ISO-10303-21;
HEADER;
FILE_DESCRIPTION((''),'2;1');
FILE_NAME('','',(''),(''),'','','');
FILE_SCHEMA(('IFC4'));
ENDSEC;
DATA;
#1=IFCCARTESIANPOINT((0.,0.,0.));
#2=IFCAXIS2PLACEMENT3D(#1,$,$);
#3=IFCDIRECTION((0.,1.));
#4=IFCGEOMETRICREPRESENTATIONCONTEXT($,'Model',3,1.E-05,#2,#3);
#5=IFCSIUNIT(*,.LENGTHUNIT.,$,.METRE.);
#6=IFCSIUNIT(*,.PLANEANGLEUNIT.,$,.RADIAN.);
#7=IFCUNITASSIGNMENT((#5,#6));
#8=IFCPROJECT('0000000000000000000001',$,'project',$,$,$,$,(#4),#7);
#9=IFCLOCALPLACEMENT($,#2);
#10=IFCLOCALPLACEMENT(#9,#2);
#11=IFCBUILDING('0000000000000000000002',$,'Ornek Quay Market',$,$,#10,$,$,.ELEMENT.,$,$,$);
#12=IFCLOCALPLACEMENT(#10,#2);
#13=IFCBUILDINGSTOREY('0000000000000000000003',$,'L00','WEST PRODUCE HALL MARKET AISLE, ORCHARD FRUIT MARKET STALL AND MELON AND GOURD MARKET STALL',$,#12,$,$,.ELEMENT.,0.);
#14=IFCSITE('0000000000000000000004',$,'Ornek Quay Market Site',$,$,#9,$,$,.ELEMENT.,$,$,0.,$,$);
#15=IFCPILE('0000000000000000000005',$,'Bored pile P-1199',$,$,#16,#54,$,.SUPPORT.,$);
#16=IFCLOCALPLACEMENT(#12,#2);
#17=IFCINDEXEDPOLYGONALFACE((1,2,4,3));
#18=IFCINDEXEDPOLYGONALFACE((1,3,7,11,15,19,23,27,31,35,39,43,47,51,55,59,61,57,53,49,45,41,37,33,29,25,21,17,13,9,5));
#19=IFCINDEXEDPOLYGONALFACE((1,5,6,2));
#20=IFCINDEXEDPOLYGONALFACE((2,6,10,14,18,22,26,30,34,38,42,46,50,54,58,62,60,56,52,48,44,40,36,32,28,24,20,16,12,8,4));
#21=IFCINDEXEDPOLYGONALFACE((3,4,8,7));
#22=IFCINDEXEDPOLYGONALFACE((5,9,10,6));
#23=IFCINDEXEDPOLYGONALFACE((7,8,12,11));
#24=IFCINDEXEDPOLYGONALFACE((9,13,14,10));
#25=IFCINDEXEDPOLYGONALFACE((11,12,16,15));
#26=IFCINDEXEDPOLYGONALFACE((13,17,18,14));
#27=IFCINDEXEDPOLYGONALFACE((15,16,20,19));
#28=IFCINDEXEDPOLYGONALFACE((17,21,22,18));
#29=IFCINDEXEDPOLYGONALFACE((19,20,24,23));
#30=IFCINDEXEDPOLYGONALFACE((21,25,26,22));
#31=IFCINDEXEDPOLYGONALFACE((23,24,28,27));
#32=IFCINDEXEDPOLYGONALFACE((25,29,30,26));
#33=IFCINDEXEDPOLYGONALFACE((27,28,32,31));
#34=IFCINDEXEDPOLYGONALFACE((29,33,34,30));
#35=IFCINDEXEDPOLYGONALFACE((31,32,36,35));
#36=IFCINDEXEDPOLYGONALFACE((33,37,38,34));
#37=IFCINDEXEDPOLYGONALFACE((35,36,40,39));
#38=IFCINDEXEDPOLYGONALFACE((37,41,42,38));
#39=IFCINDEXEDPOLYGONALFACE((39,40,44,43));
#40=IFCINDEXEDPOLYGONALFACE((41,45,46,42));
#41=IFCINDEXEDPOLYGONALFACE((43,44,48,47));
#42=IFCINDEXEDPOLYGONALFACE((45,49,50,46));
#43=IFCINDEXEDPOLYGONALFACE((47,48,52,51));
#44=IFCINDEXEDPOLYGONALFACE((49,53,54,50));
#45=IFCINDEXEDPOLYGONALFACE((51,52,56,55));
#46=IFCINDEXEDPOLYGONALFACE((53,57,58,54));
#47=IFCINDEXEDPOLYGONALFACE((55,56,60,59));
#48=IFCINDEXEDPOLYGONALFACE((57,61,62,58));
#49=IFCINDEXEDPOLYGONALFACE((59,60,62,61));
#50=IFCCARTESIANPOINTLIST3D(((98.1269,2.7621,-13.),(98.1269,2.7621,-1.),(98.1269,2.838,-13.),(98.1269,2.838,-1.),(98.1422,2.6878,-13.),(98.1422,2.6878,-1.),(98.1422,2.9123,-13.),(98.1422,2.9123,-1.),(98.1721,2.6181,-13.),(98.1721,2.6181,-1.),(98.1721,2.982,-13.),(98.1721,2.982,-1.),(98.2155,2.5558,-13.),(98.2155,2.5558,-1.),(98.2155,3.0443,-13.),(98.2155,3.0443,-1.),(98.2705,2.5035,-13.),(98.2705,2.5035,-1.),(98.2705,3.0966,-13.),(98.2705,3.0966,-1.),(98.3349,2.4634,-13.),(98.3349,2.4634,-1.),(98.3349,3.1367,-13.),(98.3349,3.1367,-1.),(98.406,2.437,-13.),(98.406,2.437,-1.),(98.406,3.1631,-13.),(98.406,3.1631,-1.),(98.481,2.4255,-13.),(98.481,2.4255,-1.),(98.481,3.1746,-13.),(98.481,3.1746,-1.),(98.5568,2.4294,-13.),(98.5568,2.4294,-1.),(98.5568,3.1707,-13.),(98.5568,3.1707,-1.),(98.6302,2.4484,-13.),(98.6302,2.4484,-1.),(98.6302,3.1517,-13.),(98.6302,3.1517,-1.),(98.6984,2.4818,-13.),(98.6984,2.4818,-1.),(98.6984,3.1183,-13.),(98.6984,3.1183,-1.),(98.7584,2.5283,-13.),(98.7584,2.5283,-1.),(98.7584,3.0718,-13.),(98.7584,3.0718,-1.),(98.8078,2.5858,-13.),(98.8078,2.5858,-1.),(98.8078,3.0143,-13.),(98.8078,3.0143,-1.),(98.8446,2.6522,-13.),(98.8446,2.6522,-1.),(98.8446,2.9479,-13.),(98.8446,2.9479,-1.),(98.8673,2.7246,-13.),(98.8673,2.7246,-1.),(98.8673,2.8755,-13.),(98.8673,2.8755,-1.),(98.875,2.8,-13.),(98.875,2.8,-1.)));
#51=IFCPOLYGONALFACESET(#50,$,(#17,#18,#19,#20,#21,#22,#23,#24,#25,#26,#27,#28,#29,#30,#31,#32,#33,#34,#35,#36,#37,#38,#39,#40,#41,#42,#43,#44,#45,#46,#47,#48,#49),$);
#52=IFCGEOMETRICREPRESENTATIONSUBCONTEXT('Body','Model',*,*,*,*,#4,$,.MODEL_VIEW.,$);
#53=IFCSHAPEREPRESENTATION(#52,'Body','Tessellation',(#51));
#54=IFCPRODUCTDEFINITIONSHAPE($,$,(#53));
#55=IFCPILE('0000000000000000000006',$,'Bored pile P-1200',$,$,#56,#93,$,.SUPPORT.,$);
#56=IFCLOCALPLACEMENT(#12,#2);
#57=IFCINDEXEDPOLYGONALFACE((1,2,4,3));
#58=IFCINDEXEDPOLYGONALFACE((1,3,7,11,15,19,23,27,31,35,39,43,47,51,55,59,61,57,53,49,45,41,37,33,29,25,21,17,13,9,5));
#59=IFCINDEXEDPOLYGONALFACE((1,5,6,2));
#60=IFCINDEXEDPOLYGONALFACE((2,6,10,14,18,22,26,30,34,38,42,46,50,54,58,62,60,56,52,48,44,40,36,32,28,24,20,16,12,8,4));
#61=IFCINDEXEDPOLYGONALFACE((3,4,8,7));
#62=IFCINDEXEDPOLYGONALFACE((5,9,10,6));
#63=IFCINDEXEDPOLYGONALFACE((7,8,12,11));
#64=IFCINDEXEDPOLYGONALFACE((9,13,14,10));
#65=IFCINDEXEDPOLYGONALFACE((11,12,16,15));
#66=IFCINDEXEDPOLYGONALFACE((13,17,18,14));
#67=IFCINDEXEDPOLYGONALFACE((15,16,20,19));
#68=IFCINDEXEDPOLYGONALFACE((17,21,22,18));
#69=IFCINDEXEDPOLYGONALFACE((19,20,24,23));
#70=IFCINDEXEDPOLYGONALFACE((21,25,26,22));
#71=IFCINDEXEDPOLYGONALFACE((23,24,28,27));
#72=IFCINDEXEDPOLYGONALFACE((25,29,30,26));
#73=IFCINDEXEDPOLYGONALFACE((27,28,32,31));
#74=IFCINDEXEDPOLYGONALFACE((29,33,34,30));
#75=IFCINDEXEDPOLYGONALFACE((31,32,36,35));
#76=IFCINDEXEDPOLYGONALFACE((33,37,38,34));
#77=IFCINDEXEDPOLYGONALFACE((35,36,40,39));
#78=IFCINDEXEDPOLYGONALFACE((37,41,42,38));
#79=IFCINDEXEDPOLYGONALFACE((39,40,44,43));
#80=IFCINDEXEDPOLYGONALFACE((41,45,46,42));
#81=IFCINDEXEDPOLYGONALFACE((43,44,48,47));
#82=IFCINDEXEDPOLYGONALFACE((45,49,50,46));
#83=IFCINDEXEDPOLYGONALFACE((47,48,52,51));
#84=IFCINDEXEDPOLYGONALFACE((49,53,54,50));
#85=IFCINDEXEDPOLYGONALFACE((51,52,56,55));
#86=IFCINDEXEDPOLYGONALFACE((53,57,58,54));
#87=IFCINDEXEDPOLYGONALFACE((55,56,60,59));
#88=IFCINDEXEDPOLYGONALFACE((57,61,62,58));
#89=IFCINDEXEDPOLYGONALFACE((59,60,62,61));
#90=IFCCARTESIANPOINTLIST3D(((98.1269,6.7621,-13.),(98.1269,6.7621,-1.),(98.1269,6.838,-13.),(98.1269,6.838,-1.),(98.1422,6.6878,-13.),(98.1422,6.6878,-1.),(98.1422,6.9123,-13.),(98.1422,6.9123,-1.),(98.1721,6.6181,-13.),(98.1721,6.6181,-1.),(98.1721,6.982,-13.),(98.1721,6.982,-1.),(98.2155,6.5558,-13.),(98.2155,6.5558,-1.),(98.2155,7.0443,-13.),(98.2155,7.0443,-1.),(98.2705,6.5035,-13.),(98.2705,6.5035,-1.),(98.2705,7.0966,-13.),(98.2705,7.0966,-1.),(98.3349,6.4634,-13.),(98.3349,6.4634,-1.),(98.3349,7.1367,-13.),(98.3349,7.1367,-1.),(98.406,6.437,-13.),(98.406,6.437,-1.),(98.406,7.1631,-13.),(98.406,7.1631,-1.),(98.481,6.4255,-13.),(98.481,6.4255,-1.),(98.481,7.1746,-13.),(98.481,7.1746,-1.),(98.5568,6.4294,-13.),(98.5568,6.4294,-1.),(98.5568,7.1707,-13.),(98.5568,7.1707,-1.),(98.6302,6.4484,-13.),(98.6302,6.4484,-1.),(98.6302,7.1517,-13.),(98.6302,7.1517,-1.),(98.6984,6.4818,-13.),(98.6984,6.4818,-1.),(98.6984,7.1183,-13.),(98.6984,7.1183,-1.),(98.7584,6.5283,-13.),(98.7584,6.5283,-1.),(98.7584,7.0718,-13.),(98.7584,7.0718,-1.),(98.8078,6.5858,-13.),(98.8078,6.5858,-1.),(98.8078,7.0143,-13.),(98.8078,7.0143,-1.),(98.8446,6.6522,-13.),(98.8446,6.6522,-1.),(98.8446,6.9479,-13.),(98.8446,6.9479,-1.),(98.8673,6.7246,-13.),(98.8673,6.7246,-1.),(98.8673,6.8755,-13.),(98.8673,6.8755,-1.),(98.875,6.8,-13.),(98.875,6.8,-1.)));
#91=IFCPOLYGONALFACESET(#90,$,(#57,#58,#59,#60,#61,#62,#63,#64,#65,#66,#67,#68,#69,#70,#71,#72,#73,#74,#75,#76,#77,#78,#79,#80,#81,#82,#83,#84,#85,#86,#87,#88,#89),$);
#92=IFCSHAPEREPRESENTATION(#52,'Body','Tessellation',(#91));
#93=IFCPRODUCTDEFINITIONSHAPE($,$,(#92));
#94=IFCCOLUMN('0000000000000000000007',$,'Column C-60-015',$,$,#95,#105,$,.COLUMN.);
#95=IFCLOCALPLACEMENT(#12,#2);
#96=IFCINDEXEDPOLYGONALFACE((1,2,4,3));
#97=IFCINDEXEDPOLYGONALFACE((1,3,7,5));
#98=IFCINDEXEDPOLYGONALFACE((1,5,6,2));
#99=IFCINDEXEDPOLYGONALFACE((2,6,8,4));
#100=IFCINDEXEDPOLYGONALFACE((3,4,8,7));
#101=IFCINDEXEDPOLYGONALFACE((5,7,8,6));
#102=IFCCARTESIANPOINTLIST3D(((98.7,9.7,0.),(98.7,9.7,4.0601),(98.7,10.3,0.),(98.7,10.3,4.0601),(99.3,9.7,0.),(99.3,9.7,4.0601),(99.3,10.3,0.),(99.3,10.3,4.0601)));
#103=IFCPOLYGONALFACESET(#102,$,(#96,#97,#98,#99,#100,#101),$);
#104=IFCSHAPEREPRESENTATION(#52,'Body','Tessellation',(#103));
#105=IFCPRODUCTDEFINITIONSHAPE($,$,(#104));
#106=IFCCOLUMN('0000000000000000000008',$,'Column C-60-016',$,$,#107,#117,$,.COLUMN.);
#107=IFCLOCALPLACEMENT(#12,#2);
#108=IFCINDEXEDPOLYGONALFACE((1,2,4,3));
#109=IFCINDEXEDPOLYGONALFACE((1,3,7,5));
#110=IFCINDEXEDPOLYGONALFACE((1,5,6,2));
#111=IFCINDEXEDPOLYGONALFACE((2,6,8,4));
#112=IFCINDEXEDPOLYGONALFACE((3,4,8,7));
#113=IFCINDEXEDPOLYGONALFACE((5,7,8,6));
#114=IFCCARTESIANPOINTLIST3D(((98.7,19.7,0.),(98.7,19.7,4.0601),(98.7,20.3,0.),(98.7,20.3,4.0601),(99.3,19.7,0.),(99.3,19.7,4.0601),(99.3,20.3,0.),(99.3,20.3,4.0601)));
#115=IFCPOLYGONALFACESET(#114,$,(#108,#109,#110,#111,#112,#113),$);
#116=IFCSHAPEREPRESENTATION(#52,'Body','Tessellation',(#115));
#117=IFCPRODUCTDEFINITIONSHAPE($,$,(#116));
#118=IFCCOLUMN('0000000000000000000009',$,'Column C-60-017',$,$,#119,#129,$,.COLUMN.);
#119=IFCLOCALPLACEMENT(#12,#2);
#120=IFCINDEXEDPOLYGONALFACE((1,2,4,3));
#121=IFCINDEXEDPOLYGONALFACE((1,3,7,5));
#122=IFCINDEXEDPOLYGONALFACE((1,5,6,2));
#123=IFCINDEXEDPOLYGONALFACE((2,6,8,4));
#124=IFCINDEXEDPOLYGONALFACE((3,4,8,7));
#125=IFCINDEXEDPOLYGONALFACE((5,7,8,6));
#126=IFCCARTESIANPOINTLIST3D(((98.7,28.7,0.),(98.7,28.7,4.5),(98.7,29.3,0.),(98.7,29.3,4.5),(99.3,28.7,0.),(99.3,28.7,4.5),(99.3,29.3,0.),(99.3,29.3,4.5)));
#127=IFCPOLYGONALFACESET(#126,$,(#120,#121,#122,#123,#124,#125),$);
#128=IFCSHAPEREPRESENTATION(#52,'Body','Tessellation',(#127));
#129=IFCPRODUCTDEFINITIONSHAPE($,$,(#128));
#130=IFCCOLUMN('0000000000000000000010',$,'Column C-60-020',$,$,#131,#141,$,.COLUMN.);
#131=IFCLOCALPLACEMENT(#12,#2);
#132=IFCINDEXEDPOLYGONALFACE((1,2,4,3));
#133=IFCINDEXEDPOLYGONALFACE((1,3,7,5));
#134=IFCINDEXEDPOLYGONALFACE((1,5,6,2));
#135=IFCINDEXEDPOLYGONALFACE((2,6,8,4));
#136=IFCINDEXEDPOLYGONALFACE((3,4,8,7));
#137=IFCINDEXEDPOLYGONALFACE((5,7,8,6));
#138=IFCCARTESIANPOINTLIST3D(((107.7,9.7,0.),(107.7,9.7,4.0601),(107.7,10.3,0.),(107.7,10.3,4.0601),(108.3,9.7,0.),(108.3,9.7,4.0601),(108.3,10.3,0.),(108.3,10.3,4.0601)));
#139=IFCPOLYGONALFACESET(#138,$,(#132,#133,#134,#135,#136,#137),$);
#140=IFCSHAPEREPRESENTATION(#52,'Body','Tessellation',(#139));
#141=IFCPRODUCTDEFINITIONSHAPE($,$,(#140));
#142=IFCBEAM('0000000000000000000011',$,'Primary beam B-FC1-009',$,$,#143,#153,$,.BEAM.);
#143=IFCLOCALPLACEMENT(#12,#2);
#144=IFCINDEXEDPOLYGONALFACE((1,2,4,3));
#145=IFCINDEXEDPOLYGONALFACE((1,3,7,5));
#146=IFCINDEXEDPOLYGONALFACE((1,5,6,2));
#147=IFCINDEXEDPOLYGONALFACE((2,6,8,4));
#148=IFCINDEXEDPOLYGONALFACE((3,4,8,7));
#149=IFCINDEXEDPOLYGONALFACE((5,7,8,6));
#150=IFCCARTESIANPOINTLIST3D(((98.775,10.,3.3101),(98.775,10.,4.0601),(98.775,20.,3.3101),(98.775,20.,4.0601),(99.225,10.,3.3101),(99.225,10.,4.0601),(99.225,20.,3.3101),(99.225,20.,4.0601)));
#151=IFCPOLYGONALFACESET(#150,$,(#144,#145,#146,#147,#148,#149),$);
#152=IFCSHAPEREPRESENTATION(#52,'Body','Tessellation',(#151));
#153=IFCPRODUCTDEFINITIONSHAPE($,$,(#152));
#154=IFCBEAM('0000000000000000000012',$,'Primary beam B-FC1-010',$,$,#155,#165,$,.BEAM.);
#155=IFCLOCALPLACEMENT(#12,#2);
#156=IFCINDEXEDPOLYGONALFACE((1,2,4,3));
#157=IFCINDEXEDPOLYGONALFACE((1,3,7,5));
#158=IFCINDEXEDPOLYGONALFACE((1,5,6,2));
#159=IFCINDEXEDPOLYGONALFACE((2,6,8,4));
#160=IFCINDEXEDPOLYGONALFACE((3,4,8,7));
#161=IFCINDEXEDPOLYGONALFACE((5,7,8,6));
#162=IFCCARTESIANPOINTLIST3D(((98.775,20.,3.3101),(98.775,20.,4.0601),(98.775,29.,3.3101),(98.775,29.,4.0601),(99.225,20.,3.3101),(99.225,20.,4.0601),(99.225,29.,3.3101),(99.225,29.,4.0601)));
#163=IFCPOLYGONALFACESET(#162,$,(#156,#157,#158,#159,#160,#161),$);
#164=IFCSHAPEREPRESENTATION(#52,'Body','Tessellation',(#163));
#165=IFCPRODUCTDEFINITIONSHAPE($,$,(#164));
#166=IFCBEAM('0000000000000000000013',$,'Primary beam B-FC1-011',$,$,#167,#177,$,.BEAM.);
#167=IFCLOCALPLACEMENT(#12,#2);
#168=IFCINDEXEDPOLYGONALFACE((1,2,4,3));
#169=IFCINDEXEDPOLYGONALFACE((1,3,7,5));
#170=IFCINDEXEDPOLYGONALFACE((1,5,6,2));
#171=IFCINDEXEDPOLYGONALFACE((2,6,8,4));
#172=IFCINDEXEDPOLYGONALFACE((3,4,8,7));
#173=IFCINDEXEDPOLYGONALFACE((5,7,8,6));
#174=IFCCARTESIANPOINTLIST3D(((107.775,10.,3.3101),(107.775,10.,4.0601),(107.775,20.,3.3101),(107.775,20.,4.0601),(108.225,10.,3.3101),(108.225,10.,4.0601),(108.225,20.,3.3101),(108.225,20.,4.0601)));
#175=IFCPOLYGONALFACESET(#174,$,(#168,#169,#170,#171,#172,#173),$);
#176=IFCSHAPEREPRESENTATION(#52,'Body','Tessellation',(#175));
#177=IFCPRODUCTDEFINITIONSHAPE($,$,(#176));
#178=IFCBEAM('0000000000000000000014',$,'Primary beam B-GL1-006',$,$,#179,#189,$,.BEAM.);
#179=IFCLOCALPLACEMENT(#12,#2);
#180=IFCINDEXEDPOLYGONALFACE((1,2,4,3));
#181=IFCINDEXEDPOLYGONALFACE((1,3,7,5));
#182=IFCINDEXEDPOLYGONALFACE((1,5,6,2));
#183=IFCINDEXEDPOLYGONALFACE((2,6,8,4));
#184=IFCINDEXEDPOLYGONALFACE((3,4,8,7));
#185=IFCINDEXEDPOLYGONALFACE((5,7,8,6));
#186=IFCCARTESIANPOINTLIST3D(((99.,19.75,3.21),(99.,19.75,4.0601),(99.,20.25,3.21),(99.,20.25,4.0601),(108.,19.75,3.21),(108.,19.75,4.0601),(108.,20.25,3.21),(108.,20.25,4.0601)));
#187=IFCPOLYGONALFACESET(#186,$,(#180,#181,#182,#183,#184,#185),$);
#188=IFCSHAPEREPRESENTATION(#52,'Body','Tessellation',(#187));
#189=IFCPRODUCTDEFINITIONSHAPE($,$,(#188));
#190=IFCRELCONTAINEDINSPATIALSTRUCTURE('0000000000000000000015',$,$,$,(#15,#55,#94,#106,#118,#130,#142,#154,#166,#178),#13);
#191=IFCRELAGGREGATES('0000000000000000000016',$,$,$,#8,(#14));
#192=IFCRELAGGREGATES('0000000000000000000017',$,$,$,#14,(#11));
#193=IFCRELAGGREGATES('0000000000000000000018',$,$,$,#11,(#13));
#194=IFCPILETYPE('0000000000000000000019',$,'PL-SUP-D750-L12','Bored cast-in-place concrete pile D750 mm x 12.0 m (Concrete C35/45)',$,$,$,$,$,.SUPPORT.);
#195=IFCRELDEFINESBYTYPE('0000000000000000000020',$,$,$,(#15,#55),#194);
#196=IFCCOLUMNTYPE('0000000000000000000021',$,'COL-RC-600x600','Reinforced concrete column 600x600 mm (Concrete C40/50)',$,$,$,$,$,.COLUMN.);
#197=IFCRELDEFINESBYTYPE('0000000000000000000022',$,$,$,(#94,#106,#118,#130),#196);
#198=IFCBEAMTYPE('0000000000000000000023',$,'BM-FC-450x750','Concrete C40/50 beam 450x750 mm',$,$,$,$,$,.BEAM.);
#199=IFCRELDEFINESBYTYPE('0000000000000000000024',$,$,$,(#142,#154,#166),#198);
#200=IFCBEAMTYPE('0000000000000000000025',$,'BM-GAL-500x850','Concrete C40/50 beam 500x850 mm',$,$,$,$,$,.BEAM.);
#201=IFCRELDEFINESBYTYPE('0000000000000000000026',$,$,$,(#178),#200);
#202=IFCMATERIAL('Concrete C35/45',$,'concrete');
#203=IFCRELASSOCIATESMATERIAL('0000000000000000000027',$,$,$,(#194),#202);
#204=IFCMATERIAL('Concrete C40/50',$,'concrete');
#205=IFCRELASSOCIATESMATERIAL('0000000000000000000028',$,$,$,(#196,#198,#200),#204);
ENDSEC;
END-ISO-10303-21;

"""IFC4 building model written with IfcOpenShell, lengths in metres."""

from ifc_helpers import new_model, si_unit, direction, frame, origin, origin_2d, place, context, subcontext, project, spatial, rectangle, circle, extrude, material, material_profile, profile_set, type_object, element, save


model = new_model("IFC4")

# Units and contexts
model_context = context("Model", 3, precision=1e-05, world=origin(), true_north=direction((0.0, 1.0)))
body_context = subcontext(model_context, "Body", "Model", "MODEL_VIEW")
ifc_project = project(units=[si_unit("LENGTHUNIT", "METRE"), si_unit("PLANEANGLEUNIT", "RADIAN")], contexts=[model_context])

# Site, building, storey
site_placement = place(None, origin())
site = spatial("IfcSite", under=ifc_project, at=site_placement, Name="Ornek Quay Market Site", CompositionType="ELEMENT", RefElevation=0.0)
building_placement = place(site_placement, origin())
building = spatial("IfcBuilding", under=site, at=building_placement, Name="Ornek Quay Market", CompositionType="ELEMENT")
storey_placement = place(building_placement, origin())
storey = spatial("IfcBuildingStorey", under=building, at=storey_placement, Name="L00", Description="WEST PRODUCE HALL MARKET AISLE, ORCHARD FRUIT MARKET STALL AND MELON AND GOURD MARKET STALL", CompositionType="ELEMENT", Elevation=0.0)

# Piles
ifc_material_1 = material(Name="Concrete C35/45", Category="concrete")
ifc_material_profile_1 = material_profile(ifc_material_1, circle(Radius=0.375, at=origin_2d()), Name="PILE D750", Category="concrete")
ifc_profile_set_1 = profile_set([ifc_material_profile_1], Name="Concrete C35/45")
pile_type = type_object("IfcPileType", Name="PL-SUP-D750-L12", Description="Bored cast-in-place concrete pile D750 mm x 12.0 m (Concrete C35/45)", PredefinedType="SUPPORT", material=ifc_profile_set_1)
for number, where, z_axis, x_axis, name in (
    (1, (98.5, 2.8, -1.0), (0.0, 0.0, -1.0), (1.0, 0.0, 0.0), "Bored pile P-1199"),
    (2, (98.5, 6.8, -1.0), (0.0, 0.0, -1.0), (1.0, 0.0, 0.0), "Bored pile P-1200"),
):
    element("IfcPile", number, at=place(storey_placement, frame(where, z_axis=z_axis, x_axis=x_axis)), inside=storey, type_object=pile_type, Name=name, PredefinedType="SUPPORT", context=body_context, shape_type="SweptSolid", body=[
        extrude(circle(Radius=0.375, at=origin_2d()), origin(), (0.0, 0.0, 1.0), 12.0),
    ])

# Columns
ifc_material_2 = material(Name="Concrete C40/50", Category="concrete")
ifc_material_profile_2 = material_profile(ifc_material_2, rectangle(XDim=0.6001, YDim=0.6001, at=origin_2d()), Name="RC 600x600", Category="concrete")
ifc_profile_set_2 = profile_set([ifc_material_profile_2], Name="Concrete C40/50")
column_type = type_object("IfcColumnType", Name="COL-RC-600x600", Description="Reinforced concrete column 600x600 mm (Concrete C40/50)", PredefinedType="COLUMN", material=ifc_profile_set_2)
for number, where, z_axis, x_axis, name in (
    (3, (99.0, 10.0, 0.0), (0.0, 0.0, 1.0), (1.0, 0.0, 0.0), "Column C-60-015"),
    (4, (99.0, 20.0, 0.0), (0.0, 0.0, 1.0), (1.0, 0.0, 0.0), "Column C-60-016"),
):
    element("IfcColumn", number, at=place(storey_placement, frame(where, z_axis=z_axis, x_axis=x_axis)), inside=storey, type_object=column_type, Name=name, PredefinedType="COLUMN", context=body_context, shape_type="SweptSolid", body=[
        extrude(rectangle(XDim=0.6001, YDim=0.6001, at=origin_2d()), origin(), (0.0, 0.0, 1.0), 4.0601),
    ])
column_1_placement = place(storey_placement, frame((99.0, 29.0, 0.0), z_axis=(0.0, 0.0, 1.0), x_axis=(1.0, 0.0, 0.0)))
element("IfcColumn", 5, at=column_1_placement, inside=storey, type_object=column_type, Name="Column C-60-017", PredefinedType="COLUMN", context=body_context, shape_type="SweptSolid", body=[
    extrude(rectangle(XDim=0.6001, YDim=0.6001, at=origin_2d()), origin(), (0.0, 0.0, 1.0), 4.5),
])
column_2_placement = place(storey_placement, frame((108.0, 10.0, 0.0), z_axis=(0.0, 0.0, 1.0), x_axis=(1.0, 0.0, 0.0)))
element("IfcColumn", 6, at=column_2_placement, inside=storey, type_object=column_type, Name="Column C-60-020", PredefinedType="COLUMN", context=body_context, shape_type="SweptSolid", body=[
    extrude(rectangle(XDim=0.6001, YDim=0.6001, at=origin_2d()), origin(), (0.0, 0.0, 1.0), 4.0601),
])

# Beams
ifc_material_profile_3 = material_profile(ifc_material_2, rectangle(XDim=0.45, YDim=0.75, at=origin_2d()), Name="RC 450x750", Category="concrete")
ifc_profile_set_3 = profile_set([ifc_material_profile_3], Name="Concrete C40/50")
beam_type_1 = type_object("IfcBeamType", Name="BM-FC-450x750", Description="Concrete C40/50 beam 450x750 mm", PredefinedType="BEAM", material=ifc_profile_set_3)
beam_1_placement = place(storey_placement, frame((99.0, 10.0, 3.6851), z_axis=(0.0, 1.0, 0.0), x_axis=(-1.0, 0.0, 0.0)))
element("IfcBeam", 7, at=beam_1_placement, inside=storey, type_object=beam_type_1, Name="Primary beam B-FC1-009", PredefinedType="BEAM", context=body_context, shape_type="SweptSolid", body=[
    extrude(rectangle(XDim=0.45, YDim=0.75, at=origin_2d()), origin(), (0.0, 0.0, 1.0), 10.0),
])
beam_2_placement = place(storey_placement, frame((99.0, 20.0, 3.6851), z_axis=(0.0, 1.0, 0.0), x_axis=(-1.0, 0.0, 0.0)))
element("IfcBeam", 8, at=beam_2_placement, inside=storey, type_object=beam_type_1, Name="Primary beam B-FC1-010", PredefinedType="BEAM", context=body_context, shape_type="SweptSolid", body=[
    extrude(rectangle(XDim=0.45, YDim=0.75, at=origin_2d()), origin(), (0.0, 0.0, 1.0), 9.0),
])
beam_3_placement = place(storey_placement, frame((108.0, 10.0, 3.6851), z_axis=(0.0, 1.0, 0.0), x_axis=(-1.0, 0.0, 0.0)))
element("IfcBeam", 9, at=beam_3_placement, inside=storey, type_object=beam_type_1, Name="Primary beam B-FC1-011", PredefinedType="BEAM", context=body_context, shape_type="SweptSolid", body=[
    extrude(rectangle(XDim=0.45, YDim=0.75, at=origin_2d()), origin(), (0.0, 0.0, 1.0), 10.0),
])
ifc_material_profile_4 = material_profile(ifc_material_2, rectangle(XDim=0.5, YDim=0.8501, at=origin_2d()), Name="RC 500x850", Category="concrete")
ifc_profile_set_4 = profile_set([ifc_material_profile_4], Name="Concrete C40/50")
beam_type_2 = type_object("IfcBeamType", Name="BM-GAL-500x850", Description="Concrete C40/50 beam 500x850 mm", PredefinedType="BEAM", material=ifc_profile_set_4)
beam_4_placement = place(storey_placement, frame((99.0, 20.0, 3.635), z_axis=(1.0, 0.0, 0.0), x_axis=(0.0, 1.0, 0.0)))
element("IfcBeam", 10, at=beam_4_placement, inside=storey, type_object=beam_type_2, Name="Primary beam B-GL1-006", PredefinedType="BEAM", context=body_context, shape_type="SweptSolid", body=[
    extrude(rectangle(XDim=0.5, YDim=0.8501, at=origin_2d()), origin(), (0.0, 0.0, 1.0), 9.0),
])

save(model, "model.ifc")
